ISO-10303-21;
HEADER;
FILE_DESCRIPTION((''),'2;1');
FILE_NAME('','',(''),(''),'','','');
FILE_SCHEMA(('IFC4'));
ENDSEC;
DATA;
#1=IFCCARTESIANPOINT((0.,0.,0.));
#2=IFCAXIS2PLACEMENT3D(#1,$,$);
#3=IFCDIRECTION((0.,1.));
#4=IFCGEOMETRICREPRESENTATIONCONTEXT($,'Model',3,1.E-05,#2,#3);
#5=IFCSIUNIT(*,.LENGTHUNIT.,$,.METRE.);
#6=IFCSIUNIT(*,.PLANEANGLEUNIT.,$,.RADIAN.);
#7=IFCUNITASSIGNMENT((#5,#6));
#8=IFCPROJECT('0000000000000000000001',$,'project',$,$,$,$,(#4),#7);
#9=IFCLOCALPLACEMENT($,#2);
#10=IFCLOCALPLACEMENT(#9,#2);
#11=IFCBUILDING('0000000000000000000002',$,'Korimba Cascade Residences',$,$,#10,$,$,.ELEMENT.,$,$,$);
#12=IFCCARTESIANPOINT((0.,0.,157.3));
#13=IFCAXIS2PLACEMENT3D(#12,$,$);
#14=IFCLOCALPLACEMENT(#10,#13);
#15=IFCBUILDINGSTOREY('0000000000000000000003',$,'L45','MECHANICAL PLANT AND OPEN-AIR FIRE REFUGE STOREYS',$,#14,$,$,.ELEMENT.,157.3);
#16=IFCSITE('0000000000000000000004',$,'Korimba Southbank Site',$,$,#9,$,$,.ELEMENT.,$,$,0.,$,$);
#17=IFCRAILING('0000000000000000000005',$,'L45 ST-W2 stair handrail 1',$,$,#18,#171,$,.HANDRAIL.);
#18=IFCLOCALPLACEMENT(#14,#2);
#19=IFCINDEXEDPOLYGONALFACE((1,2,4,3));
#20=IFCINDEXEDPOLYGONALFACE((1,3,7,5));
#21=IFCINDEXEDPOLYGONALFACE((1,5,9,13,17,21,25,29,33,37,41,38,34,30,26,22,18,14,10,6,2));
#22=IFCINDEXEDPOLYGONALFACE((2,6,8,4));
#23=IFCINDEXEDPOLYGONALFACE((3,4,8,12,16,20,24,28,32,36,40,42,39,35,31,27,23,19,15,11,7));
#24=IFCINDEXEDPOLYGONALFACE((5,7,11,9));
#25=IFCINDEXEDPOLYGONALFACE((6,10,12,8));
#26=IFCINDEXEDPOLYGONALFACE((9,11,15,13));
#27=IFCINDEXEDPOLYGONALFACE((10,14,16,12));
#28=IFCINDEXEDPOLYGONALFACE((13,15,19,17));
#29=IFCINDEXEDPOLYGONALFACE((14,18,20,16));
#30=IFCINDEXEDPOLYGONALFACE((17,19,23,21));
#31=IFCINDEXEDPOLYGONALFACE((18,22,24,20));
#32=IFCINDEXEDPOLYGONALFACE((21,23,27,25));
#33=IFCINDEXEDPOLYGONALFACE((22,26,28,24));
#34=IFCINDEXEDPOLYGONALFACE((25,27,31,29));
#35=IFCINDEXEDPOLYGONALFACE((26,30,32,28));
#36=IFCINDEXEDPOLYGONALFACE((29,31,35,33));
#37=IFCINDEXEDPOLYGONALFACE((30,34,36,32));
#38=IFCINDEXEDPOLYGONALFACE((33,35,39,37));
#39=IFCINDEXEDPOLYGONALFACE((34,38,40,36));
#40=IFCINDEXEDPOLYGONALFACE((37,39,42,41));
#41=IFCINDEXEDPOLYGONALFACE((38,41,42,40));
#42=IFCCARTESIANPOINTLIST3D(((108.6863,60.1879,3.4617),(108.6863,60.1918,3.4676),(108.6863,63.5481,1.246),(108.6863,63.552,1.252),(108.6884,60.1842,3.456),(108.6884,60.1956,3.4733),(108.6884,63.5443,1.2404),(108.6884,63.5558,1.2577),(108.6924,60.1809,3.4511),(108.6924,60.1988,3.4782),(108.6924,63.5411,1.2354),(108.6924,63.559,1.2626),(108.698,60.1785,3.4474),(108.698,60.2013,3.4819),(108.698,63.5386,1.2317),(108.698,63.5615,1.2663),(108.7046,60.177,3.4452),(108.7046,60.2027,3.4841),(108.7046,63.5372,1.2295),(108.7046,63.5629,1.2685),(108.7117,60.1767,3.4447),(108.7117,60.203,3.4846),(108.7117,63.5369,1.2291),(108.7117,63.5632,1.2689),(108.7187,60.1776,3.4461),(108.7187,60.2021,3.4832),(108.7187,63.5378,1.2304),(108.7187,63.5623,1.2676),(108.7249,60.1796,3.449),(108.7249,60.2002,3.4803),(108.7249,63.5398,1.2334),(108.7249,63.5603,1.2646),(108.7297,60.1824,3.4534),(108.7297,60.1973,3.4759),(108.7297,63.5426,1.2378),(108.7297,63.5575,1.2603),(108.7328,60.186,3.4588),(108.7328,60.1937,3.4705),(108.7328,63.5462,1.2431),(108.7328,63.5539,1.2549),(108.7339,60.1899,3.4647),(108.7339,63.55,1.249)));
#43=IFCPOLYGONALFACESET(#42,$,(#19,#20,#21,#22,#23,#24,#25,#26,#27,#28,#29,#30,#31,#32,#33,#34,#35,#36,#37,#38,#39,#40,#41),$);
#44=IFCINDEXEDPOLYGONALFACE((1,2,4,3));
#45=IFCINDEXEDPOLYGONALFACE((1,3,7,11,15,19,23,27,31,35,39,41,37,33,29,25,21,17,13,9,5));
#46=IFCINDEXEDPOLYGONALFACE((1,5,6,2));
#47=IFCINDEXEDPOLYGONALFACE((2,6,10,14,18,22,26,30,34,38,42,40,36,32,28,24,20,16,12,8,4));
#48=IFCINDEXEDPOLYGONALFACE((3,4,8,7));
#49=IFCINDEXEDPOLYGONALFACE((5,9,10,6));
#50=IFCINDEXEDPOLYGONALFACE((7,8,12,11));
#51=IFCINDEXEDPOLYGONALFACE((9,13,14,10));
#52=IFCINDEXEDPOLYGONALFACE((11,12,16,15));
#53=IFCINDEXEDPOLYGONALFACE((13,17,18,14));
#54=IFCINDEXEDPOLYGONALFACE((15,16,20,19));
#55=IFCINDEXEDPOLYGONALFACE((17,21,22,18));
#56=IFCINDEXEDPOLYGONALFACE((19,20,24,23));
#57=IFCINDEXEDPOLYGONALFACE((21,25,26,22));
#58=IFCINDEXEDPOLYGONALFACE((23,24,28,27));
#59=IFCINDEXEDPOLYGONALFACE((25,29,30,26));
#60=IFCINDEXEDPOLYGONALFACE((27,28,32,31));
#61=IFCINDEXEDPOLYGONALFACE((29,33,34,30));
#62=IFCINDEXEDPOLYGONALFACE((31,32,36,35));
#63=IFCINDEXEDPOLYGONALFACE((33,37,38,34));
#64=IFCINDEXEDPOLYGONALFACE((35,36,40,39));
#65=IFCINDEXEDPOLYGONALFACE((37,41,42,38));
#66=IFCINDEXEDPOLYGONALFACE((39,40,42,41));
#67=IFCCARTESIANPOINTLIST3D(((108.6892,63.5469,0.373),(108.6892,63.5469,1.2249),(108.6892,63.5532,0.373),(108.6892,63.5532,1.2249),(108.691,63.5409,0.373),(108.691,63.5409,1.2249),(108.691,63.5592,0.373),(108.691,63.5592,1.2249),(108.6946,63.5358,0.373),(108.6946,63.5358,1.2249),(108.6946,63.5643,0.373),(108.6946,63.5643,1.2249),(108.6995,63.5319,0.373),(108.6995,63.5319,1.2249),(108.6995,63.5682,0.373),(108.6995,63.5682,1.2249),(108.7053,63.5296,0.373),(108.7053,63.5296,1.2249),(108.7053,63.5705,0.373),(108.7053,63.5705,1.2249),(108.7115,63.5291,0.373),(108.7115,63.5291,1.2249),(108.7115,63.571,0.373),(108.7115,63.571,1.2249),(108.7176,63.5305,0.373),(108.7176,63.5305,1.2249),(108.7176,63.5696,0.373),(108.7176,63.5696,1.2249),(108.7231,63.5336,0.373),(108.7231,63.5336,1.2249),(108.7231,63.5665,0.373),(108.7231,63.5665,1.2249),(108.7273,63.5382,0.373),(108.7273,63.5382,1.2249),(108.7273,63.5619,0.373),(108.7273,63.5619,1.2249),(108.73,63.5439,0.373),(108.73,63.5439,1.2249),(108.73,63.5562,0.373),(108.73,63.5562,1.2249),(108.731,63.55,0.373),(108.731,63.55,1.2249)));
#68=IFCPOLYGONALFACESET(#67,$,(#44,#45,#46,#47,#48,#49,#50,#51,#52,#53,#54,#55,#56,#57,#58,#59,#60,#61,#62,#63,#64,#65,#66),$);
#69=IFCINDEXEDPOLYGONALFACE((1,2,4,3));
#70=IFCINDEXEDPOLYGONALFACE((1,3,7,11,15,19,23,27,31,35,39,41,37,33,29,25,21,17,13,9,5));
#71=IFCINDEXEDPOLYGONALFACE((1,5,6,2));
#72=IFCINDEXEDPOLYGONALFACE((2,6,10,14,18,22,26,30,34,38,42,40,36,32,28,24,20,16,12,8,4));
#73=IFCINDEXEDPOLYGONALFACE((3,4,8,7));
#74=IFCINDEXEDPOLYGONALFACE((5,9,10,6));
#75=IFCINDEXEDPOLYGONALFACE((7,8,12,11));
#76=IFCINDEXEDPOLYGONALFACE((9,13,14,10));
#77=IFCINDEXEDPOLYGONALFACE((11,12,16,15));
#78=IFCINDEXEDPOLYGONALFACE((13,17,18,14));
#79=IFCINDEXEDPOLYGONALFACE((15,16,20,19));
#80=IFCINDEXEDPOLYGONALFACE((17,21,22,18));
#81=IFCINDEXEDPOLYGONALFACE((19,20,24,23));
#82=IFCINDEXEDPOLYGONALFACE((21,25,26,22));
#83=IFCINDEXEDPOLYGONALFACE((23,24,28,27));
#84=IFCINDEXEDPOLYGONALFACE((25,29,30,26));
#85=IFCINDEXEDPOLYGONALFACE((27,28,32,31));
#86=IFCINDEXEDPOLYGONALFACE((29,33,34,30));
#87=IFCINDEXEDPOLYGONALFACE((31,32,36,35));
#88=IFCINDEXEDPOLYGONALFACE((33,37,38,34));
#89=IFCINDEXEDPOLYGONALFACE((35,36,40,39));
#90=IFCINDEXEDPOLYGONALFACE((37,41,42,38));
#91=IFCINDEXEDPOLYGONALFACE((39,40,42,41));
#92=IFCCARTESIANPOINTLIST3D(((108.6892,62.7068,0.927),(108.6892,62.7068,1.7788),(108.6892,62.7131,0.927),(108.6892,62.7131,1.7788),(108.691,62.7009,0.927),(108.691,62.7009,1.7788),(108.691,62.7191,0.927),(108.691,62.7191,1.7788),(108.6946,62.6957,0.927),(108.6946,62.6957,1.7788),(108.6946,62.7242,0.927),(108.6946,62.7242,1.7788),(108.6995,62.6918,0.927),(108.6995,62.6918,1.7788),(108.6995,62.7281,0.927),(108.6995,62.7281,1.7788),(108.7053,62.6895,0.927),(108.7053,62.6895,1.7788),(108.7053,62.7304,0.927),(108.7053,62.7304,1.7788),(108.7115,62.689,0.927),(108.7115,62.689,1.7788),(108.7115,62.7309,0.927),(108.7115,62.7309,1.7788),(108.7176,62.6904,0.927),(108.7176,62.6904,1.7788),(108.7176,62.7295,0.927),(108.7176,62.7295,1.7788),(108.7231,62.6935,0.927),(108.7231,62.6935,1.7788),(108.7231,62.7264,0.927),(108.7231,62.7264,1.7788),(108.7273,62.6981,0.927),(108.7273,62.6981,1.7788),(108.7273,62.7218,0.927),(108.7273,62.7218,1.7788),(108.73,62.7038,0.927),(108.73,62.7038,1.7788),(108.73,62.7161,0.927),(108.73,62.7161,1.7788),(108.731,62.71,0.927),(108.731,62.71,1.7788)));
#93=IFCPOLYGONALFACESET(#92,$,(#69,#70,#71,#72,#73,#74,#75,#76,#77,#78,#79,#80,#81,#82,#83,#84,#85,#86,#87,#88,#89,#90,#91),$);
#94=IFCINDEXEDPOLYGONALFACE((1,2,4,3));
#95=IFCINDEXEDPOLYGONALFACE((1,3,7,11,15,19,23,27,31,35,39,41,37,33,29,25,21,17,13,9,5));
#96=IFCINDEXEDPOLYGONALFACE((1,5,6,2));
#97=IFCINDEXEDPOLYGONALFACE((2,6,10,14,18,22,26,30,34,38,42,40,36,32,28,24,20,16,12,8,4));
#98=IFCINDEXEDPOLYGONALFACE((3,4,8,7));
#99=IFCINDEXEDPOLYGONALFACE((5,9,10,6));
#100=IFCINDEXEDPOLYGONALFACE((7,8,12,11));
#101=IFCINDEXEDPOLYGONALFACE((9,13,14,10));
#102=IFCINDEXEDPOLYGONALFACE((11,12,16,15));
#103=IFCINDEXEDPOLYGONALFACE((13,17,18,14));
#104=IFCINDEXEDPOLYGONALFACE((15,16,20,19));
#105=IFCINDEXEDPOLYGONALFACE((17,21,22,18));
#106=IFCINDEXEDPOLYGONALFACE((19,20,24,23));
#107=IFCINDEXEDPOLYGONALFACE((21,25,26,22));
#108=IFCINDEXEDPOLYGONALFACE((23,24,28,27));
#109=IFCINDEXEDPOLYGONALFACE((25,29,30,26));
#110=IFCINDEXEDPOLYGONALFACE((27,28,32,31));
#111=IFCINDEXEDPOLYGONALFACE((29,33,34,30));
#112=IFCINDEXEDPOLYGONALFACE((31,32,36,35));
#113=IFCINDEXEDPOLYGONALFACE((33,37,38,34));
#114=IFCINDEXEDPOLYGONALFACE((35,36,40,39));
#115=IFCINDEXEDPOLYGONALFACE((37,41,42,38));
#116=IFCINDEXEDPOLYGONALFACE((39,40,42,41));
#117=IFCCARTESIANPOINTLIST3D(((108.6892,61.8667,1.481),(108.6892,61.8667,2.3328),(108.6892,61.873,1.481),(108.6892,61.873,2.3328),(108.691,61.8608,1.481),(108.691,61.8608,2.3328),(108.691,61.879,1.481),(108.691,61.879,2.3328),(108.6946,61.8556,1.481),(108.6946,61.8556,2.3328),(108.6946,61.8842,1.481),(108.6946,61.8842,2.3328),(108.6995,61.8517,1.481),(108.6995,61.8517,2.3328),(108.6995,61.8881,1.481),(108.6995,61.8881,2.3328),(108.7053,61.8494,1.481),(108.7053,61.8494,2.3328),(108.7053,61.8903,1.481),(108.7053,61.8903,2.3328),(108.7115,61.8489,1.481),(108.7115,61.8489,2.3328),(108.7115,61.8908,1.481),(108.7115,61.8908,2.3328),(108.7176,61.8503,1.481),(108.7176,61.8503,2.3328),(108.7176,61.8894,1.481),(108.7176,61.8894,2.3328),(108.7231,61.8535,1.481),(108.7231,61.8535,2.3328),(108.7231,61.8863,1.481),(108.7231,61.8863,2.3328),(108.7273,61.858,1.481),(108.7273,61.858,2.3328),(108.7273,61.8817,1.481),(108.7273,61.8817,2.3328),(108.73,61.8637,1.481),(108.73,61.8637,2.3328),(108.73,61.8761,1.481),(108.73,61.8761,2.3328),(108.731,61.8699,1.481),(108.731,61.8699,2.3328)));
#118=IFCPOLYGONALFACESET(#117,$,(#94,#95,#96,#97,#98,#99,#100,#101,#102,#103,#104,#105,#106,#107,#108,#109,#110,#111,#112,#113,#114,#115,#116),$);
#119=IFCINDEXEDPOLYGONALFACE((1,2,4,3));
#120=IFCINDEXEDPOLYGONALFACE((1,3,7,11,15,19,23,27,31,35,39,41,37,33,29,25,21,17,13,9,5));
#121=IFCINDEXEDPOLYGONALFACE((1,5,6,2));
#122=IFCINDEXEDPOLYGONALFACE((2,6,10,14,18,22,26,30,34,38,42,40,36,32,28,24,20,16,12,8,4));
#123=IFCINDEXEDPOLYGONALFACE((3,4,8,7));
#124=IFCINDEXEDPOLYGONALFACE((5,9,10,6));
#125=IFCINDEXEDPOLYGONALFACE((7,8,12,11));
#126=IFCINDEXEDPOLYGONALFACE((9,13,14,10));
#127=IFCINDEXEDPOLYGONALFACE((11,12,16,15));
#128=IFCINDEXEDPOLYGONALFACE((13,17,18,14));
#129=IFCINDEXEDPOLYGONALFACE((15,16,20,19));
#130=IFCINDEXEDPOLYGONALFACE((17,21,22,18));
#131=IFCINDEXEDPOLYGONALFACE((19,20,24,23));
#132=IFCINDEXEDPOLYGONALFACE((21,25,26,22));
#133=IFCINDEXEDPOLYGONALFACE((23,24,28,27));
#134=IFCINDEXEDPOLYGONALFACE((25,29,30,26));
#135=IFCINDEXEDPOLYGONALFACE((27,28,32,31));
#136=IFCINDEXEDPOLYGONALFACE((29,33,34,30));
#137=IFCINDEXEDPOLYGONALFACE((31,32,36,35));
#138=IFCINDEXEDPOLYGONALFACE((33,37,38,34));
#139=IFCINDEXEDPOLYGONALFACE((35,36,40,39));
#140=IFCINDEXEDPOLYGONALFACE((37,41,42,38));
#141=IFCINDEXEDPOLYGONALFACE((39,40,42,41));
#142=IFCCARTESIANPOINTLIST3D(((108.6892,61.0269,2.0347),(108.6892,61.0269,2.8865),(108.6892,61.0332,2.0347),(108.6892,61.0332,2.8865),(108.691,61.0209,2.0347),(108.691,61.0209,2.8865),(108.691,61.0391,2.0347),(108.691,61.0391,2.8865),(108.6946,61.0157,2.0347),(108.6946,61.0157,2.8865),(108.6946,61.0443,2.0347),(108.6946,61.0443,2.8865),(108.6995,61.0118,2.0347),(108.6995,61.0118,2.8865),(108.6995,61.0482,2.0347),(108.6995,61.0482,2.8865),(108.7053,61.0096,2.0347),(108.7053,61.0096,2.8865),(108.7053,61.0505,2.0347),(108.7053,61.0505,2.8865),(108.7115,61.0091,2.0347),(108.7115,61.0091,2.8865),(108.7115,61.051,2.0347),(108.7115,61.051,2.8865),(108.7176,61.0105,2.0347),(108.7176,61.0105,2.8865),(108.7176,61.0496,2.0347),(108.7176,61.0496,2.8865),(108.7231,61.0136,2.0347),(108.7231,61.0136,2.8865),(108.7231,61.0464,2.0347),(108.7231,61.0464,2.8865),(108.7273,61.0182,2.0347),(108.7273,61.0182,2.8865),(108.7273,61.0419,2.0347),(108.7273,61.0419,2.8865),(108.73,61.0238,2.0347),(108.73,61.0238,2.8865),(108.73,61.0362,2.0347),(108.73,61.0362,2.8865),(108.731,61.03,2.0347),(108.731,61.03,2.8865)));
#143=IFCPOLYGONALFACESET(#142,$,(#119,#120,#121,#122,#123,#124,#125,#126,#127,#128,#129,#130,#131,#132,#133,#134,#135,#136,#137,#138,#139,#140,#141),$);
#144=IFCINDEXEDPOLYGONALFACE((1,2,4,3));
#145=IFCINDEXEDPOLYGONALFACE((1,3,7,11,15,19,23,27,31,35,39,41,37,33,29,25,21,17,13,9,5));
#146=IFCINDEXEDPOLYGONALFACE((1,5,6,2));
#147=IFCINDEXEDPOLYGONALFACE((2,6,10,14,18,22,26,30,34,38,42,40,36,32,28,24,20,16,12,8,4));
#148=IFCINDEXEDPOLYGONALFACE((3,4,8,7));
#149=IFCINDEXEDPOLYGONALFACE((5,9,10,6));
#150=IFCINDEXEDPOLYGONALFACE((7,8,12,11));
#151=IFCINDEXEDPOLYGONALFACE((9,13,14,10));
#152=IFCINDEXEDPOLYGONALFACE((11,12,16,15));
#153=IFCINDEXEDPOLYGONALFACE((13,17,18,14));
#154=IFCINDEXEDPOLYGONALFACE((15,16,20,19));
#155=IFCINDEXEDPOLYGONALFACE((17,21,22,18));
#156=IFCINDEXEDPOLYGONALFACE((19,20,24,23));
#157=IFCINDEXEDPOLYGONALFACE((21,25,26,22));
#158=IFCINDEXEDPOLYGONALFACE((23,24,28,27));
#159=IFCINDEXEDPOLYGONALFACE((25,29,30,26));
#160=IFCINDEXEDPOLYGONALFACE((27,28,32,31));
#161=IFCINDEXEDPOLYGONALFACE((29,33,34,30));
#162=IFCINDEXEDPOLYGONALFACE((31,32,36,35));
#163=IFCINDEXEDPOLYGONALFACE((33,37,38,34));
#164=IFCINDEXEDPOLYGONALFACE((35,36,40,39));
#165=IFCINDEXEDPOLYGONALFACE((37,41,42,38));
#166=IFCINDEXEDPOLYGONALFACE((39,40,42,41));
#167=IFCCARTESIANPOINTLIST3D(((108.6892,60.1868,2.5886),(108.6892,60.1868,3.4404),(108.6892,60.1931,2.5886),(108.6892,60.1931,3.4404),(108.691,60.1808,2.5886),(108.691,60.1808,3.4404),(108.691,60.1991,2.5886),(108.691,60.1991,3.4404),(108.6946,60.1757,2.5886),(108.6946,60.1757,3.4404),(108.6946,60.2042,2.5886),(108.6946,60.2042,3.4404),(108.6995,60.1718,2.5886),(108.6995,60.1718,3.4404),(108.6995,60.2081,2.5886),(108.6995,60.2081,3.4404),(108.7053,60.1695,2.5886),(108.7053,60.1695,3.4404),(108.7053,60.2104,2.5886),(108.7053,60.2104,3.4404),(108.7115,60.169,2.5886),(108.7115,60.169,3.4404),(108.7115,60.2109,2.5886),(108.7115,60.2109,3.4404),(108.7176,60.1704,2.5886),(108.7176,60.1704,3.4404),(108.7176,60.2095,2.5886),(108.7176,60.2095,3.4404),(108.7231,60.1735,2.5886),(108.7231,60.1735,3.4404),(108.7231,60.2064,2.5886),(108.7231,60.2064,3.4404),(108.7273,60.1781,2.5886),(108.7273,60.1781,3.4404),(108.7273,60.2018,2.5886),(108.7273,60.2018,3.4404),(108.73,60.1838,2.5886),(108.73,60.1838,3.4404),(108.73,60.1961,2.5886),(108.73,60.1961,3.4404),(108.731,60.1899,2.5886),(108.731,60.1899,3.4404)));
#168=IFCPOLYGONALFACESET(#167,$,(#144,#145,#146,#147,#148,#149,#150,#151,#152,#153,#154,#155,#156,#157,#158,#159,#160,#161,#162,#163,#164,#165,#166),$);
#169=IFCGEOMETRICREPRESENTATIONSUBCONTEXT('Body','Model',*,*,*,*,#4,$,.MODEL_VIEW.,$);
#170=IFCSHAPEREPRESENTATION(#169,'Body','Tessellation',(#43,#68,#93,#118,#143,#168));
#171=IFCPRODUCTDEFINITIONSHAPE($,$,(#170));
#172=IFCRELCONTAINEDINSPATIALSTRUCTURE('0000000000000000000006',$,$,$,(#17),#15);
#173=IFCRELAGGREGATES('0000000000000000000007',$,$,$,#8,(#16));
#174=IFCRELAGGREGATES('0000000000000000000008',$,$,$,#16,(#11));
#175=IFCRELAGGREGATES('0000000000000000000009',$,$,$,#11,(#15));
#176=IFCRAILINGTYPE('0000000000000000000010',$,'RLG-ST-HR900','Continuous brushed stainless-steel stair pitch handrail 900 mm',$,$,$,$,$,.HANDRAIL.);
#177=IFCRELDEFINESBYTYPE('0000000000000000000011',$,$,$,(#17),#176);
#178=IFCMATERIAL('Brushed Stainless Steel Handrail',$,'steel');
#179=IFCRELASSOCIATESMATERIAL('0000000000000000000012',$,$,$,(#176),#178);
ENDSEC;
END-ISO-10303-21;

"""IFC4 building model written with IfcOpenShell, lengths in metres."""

from ifc_helpers import new_model, si_unit, direction, frame, origin, origin_2d, place, context, subcontext, project, spatial, circle, extrude, material, type_object, element, save


model = new_model("IFC4")

# Units and contexts
model_context = context("Model", 3, precision=1e-05, world=origin(), true_north=direction((0.0, 1.0)))
body_context = subcontext(model_context, "Body", "Model", "MODEL_VIEW")
ifc_project = project(units=[si_unit("LENGTHUNIT", "METRE"), si_unit("PLANEANGLEUNIT", "RADIAN")], contexts=[model_context])

# Site, building, storey
site_placement = place(None, origin())
site = spatial("IfcSite", under=ifc_project, at=site_placement, Name="Korimba Southbank Site", CompositionType="ELEMENT", RefElevation=0.0)
building_placement = place(site_placement, origin())
building = spatial("IfcBuilding", under=site, at=building_placement, Name="Korimba Cascade Residences", CompositionType="ELEMENT")
storey_placement = place(building_placement, frame((0.0, 0.0, 157.3)))
storey = spatial("IfcBuildingStorey", under=building, at=storey_placement, Name="L45", Description="MECHANICAL PLANT AND OPEN-AIR FIRE REFUGE STOREYS", CompositionType="ELEMENT", Elevation=157.3)

# Railing
ifc_material_1 = material(Name="Brushed Stainless Steel Handrail", Category="steel")
railing_type_1 = type_object("IfcRailingType", Name="RLG-ST-HR900", Description="Continuous brushed stainless-steel stair pitch handrail 900 mm", PredefinedType="HANDRAIL", material=ifc_material_1)
railing_1_placement = place(storey_placement, frame((108.71, 63.55, 0.373)))
element("IfcRailing", 1, at=railing_1_placement, inside=storey, type_object=railing_type_1, Name="L45 ST-W2 stair handrail 1", PredefinedType="HANDRAIL", context=body_context, shape_type="SweptSolid", body=[
    extrude(circle(Radius=0.0239, at=origin_2d()), frame((0.0, 0.0, 0.876), z_axis=(0.0, -0.834849, 0.55048), x_axis=(1.0, 0.0, 0.0)), (0.0, 0.0, 1.0), 4.0249),
    extrude(circle(Radius=0.021, at=origin_2d()), origin(), (0.0, 0.0, 1.0), 0.8518),
    extrude(circle(Radius=0.021, at=origin_2d()), frame((0.0, -0.8401, 0.554)), (0.0, 0.0, 1.0), 0.8518),
    extrude(circle(Radius=0.021, at=origin_2d()), frame((0.0, -1.6802, 1.1079)), (0.0, 0.0, 1.0), 0.8518),
    extrude(circle(Radius=0.021, at=origin_2d()), frame((0.0, -2.52, 1.6616)), (0.0, 0.0, 1.0), 0.8518),
    extrude(circle(Radius=0.021, at=origin_2d()), frame((0.0, -3.3601, 2.2156)), (0.0, 0.0, 1.0), 0.8518),
])

save(model, "model.ifc")
